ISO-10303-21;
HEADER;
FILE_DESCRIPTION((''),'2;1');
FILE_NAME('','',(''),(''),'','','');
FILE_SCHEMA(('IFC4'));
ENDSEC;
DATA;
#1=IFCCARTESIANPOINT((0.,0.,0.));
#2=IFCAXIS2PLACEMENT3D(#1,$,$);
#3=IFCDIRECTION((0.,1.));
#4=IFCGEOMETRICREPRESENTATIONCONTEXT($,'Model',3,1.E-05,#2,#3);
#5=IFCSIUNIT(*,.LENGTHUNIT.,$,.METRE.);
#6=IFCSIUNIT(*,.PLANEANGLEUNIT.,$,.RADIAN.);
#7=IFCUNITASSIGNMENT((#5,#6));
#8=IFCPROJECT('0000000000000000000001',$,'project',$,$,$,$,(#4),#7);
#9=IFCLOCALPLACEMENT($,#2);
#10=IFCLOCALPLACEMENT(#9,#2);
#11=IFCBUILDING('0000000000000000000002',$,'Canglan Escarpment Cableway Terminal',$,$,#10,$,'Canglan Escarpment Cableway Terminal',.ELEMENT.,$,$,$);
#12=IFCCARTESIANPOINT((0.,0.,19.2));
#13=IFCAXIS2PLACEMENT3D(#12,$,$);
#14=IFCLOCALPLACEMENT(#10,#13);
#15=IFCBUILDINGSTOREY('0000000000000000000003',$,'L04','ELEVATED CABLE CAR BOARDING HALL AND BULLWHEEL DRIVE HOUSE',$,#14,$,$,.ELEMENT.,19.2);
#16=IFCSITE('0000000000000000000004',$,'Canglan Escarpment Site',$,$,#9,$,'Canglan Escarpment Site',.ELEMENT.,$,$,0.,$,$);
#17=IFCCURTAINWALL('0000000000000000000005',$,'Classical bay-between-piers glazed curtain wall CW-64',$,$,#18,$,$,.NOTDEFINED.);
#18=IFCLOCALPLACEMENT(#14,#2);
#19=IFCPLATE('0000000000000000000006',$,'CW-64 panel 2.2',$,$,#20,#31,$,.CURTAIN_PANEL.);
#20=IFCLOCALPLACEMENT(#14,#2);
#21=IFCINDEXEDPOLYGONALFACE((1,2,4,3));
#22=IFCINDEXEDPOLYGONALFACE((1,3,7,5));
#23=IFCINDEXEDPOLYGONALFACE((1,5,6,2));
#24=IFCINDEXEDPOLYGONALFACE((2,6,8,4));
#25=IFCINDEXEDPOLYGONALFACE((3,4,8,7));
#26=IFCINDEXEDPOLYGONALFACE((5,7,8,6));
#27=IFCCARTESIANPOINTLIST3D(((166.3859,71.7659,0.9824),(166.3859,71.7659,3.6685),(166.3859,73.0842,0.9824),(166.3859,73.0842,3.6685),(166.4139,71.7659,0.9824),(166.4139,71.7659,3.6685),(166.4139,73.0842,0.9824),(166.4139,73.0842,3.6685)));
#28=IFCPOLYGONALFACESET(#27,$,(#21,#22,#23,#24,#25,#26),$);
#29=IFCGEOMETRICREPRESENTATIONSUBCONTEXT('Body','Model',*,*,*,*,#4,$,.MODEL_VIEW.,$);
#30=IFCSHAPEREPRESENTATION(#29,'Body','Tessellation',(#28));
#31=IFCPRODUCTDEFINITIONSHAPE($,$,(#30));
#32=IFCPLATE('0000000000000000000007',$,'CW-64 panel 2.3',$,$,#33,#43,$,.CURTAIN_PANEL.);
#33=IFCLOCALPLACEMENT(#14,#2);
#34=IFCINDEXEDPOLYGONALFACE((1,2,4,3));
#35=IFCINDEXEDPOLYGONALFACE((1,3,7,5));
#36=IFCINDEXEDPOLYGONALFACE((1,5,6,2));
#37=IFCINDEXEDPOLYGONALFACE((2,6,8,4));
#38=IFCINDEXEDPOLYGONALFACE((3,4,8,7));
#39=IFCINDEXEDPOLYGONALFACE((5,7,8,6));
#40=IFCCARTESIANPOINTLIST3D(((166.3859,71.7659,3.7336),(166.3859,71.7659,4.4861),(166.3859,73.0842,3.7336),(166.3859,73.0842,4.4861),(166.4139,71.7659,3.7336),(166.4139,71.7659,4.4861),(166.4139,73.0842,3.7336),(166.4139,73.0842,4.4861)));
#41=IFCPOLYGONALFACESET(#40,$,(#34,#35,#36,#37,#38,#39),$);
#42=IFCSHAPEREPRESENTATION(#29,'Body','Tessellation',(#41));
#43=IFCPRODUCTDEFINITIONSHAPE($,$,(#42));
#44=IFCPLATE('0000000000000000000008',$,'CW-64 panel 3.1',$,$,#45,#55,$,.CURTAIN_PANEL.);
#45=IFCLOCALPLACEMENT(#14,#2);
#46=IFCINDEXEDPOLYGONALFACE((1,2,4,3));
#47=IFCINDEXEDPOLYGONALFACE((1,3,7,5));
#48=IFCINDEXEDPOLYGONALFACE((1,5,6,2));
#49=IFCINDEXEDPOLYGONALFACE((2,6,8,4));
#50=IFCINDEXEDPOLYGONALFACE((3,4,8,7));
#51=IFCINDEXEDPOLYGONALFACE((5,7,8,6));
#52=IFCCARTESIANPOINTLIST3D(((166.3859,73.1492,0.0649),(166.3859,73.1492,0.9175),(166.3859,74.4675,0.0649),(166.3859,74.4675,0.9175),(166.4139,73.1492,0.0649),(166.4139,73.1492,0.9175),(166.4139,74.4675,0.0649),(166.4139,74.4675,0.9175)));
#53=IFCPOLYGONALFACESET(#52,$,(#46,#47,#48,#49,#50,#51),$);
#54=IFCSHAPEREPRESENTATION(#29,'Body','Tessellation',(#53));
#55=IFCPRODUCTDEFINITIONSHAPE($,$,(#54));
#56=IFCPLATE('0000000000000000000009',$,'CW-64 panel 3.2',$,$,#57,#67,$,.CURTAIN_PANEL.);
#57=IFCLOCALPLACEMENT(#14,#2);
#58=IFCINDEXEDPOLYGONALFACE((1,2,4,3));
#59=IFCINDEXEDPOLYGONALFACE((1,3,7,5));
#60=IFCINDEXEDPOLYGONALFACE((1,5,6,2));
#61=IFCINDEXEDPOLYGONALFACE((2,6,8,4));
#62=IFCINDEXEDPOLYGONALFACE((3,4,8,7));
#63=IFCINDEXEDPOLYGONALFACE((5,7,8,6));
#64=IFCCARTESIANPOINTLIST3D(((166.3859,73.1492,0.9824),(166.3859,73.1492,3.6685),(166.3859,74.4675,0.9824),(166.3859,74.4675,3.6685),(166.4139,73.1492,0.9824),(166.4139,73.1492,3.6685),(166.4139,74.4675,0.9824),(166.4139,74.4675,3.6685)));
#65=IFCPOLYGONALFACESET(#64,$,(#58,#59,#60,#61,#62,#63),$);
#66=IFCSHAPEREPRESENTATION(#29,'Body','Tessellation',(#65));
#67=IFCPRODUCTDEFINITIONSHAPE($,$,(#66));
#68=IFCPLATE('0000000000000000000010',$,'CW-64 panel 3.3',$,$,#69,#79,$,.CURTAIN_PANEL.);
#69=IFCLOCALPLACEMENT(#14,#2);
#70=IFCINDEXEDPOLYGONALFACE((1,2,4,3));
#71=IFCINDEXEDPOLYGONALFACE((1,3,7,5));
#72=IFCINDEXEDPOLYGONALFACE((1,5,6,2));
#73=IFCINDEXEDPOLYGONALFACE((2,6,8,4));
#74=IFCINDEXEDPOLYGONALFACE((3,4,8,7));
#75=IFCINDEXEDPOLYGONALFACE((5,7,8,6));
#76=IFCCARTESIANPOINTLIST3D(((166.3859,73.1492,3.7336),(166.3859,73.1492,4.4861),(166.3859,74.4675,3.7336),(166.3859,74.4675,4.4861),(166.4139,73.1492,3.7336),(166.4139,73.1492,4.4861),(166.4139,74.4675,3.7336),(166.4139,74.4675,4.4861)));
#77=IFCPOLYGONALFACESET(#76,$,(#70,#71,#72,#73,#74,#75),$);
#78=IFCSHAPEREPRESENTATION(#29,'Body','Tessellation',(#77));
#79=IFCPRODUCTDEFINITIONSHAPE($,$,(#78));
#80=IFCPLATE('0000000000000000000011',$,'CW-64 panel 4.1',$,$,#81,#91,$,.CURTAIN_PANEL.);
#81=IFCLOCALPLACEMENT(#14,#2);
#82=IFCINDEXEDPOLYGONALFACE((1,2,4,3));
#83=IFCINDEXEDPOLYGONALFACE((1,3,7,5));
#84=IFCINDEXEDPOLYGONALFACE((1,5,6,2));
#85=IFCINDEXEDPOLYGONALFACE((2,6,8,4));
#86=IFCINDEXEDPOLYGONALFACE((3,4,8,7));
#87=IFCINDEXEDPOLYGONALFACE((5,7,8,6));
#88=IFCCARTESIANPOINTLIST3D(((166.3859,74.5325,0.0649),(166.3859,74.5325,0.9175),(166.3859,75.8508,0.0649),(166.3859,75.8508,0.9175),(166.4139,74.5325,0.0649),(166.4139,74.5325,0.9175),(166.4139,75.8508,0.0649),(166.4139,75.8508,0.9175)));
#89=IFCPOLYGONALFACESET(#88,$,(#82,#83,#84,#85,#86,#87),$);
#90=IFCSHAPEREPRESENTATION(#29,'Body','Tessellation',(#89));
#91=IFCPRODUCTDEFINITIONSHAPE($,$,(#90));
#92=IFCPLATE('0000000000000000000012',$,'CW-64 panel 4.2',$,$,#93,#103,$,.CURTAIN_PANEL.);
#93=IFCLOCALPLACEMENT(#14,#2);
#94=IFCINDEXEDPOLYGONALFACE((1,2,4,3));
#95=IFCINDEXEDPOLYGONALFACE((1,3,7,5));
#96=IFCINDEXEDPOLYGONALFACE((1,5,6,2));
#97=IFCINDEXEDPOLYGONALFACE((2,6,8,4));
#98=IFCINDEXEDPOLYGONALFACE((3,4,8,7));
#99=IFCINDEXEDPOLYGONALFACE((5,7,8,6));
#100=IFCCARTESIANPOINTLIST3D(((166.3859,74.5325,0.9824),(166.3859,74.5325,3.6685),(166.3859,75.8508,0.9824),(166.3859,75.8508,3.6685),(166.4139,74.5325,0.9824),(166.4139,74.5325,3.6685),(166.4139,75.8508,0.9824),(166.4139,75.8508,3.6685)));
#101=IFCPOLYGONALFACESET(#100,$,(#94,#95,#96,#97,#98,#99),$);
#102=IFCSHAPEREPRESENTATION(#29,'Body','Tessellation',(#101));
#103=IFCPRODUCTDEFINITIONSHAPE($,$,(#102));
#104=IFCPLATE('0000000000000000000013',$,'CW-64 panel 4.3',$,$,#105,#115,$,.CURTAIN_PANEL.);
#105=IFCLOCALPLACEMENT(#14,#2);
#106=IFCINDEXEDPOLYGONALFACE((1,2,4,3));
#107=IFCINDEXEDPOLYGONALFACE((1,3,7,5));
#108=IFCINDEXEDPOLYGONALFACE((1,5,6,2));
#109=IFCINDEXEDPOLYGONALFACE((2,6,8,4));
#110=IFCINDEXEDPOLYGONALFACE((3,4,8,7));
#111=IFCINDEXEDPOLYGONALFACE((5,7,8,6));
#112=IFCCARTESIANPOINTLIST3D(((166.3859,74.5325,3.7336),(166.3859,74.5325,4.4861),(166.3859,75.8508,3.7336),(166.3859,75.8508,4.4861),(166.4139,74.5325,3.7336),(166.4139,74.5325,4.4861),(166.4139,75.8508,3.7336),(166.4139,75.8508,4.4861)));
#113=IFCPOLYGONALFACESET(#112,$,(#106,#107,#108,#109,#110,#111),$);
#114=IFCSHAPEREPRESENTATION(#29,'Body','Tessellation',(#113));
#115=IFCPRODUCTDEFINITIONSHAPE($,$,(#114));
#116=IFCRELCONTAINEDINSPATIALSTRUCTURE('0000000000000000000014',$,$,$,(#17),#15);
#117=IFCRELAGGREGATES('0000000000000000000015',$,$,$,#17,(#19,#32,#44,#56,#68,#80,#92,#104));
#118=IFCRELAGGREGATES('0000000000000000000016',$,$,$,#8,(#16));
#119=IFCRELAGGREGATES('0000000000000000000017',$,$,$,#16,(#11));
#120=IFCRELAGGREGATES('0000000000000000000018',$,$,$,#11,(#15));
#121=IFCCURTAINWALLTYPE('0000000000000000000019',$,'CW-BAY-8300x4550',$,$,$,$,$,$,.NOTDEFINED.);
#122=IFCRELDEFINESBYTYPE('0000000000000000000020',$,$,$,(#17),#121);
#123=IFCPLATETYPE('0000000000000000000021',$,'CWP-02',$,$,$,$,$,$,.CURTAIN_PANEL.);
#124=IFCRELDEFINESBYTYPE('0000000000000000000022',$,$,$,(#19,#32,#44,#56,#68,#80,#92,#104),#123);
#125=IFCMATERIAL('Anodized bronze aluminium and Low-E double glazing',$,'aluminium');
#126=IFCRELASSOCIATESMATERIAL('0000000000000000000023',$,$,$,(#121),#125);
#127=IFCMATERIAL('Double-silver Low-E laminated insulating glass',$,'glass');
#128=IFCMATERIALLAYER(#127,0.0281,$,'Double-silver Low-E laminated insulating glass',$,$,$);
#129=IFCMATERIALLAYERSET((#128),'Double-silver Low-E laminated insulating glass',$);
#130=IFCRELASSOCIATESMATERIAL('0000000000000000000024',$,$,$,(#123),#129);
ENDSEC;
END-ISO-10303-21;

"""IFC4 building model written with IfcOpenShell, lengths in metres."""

from ifc_helpers import new_model, si_unit, direction, frame, origin, origin_2d, place, context, subcontext, project, spatial, rectangle, extrude, material, layer, layer_set, type_object, element, aggregate, save


model = new_model("IFC4")

# Units and contexts
model_context = context("Model", 3, precision=1e-05, world=origin(), true_north=direction((0.0, 1.0)))
body_context = subcontext(model_context, "Body", "Model", "MODEL_VIEW")
ifc_project = project(units=[si_unit("LENGTHUNIT", "METRE"), si_unit("PLANEANGLEUNIT", "RADIAN")], contexts=[model_context])

# Site, building, storey
site_placement = place(None, origin())
site = spatial("IfcSite", under=ifc_project, at=site_placement, Name="Canglan Escarpment Site", LongName="Canglan Escarpment Site", CompositionType="ELEMENT", RefElevation=0.0)
building_placement = place(site_placement, origin())
building = spatial("IfcBuilding", under=site, at=building_placement, Name="Canglan Escarpment Cableway Terminal", LongName="Canglan Escarpment Cableway Terminal", CompositionType="ELEMENT")
storey_placement = place(building_placement, frame((0.0, 0.0, 19.2)))
storey = spatial("IfcBuildingStorey", under=building, at=storey_placement, Name="L04", Description="ELEVATED CABLE CAR BOARDING HALL AND BULLWHEEL DRIVE HOUSE", CompositionType="ELEMENT", Elevation=19.2)

# Curtain wall, plates
ifc_material_1 = material(Name="Anodized bronze aluminium and Low-E double glazing", Category="aluminium")
curtain_wall_type = type_object("IfcCurtainWallType", Name="CW-BAY-8300x4550", PredefinedType="NOTDEFINED", material=ifc_material_1)
curtain_wall_placement = place(storey_placement, origin())
curtain_wall = element("IfcCurtainWall", 1, at=curtain_wall_placement, inside=storey, type_object=curtain_wall_type, Name="Classical bay-between-piers glazed curtain wall CW-64", PredefinedType="NOTDEFINED")
ifc_material_2 = material(Name="Double-silver Low-E laminated insulating glass", Category="glass")
ifc_layer = layer(ifc_material_2, 0.0281, Name="Double-silver Low-E laminated insulating glass")
ifc_layer_set = layer_set([ifc_layer], Name="Double-silver Low-E laminated insulating glass")
plate_type = type_object("IfcPlateType", Name="CWP-02", PredefinedType="CURTAIN_PANEL", material=ifc_layer_set)
plate_1_placement = place(storey_placement, frame((166.3999, 72.425, 0.9824), z_axis=(0.0, 0.0, 1.0), x_axis=(0.0, 1.0, 0.0)))
plate_1 = element("IfcPlate", 2, at=plate_1_placement, type_object=plate_type, Name="CW-64 panel 2.2", PredefinedType="CURTAIN_PANEL", context=body_context, shape_type="SweptSolid", body=[
    extrude(rectangle(XDim=1.3184, YDim=0.0281, at=origin_2d()), origin(), (0.0, 0.0, 1.0), 2.686),
])
plate_2_placement = place(storey_placement, frame((166.3999, 72.425, 3.7336), z_axis=(0.0, 0.0, 1.0), x_axis=(0.0, 1.0, 0.0)))
plate_2 = element("IfcPlate", 3, at=plate_2_placement, type_object=plate_type, Name="CW-64 panel 2.3", PredefinedType="CURTAIN_PANEL", context=body_context, shape_type="SweptSolid", body=[
    extrude(rectangle(XDim=1.3184, YDim=0.0281, at=origin_2d()), origin(), (0.0, 0.0, 1.0), 0.7524),
])
plate_3_placement = place(storey_placement, frame((166.3999, 73.8083, 0.0649), z_axis=(0.0, 0.0, 1.0), x_axis=(0.0, 1.0, 0.0)))
plate_3 = element("IfcPlate", 4, at=plate_3_placement, type_object=plate_type, Name="CW-64 panel 3.1", PredefinedType="CURTAIN_PANEL", context=body_context, shape_type="SweptSolid", body=[
    extrude(rectangle(XDim=1.3184, YDim=0.0281, at=origin_2d()), origin(), (0.0, 0.0, 1.0), 0.8525),
])
plate_4_placement = place(storey_placement, frame((166.3999, 73.8083, 0.9824), z_axis=(0.0, 0.0, 1.0), x_axis=(0.0, 1.0, 0.0)))
plate_4 = element("IfcPlate", 5, at=plate_4_placement, type_object=plate_type, Name="CW-64 panel 3.2", PredefinedType="CURTAIN_PANEL", context=body_context, shape_type="SweptSolid", body=[
    extrude(rectangle(XDim=1.3184, YDim=0.0281, at=origin_2d()), origin(), (0.0, 0.0, 1.0), 2.686),
])
plate_5_placement = place(storey_placement, frame((166.3999, 73.8083, 3.7336), z_axis=(0.0, 0.0, 1.0), x_axis=(0.0, 1.0, 0.0)))
plate_5 = element("IfcPlate", 6, at=plate_5_placement, type_object=plate_type, Name="CW-64 panel 3.3", PredefinedType="CURTAIN_PANEL", context=body_context, shape_type="SweptSolid", body=[
    extrude(rectangle(XDim=1.3184, YDim=0.0281, at=origin_2d()), origin(), (0.0, 0.0, 1.0), 0.7524),
])
plate_6_placement = place(storey_placement, frame((166.3999, 75.1917, 0.0649), z_axis=(0.0, 0.0, 1.0), x_axis=(0.0, 1.0, 0.0)))
plate_6 = element("IfcPlate", 7, at=plate_6_placement, type_object=plate_type, Name="CW-64 panel 4.1", PredefinedType="CURTAIN_PANEL", context=body_context, shape_type="SweptSolid", body=[
    extrude(rectangle(XDim=1.3184, YDim=0.0281, at=origin_2d()), origin(), (0.0, 0.0, 1.0), 0.8525),
])
plate_7_placement = place(storey_placement, frame((166.3999, 75.1917, 0.9824), z_axis=(0.0, 0.0, 1.0), x_axis=(0.0, 1.0, 0.0)))
plate_7 = element("IfcPlate", 8, at=plate_7_placement, type_object=plate_type, Name="CW-64 panel 4.2", PredefinedType="CURTAIN_PANEL", context=body_context, shape_type="SweptSolid", body=[
    extrude(rectangle(XDim=1.3184, YDim=0.0281, at=origin_2d()), origin(), (0.0, 0.0, 1.0), 2.686),
])
plate_8_placement = place(storey_placement, frame((166.3999, 75.1917, 3.7336), z_axis=(0.0, 0.0, 1.0), x_axis=(0.0, 1.0, 0.0)))
plate_8 = element("IfcPlate", 9, at=plate_8_placement, type_object=plate_type, Name="CW-64 panel 4.3", PredefinedType="CURTAIN_PANEL", context=body_context, shape_type="SweptSolid", body=[
    extrude(rectangle(XDim=1.3184, YDim=0.0281, at=origin_2d()), origin(), (0.0, 0.0, 1.0), 0.7524),
])
aggregate(curtain_wall, [plate_1, plate_2, plate_3, plate_4, plate_5, plate_6, plate_7, plate_8])

save(model, "model.ifc")
